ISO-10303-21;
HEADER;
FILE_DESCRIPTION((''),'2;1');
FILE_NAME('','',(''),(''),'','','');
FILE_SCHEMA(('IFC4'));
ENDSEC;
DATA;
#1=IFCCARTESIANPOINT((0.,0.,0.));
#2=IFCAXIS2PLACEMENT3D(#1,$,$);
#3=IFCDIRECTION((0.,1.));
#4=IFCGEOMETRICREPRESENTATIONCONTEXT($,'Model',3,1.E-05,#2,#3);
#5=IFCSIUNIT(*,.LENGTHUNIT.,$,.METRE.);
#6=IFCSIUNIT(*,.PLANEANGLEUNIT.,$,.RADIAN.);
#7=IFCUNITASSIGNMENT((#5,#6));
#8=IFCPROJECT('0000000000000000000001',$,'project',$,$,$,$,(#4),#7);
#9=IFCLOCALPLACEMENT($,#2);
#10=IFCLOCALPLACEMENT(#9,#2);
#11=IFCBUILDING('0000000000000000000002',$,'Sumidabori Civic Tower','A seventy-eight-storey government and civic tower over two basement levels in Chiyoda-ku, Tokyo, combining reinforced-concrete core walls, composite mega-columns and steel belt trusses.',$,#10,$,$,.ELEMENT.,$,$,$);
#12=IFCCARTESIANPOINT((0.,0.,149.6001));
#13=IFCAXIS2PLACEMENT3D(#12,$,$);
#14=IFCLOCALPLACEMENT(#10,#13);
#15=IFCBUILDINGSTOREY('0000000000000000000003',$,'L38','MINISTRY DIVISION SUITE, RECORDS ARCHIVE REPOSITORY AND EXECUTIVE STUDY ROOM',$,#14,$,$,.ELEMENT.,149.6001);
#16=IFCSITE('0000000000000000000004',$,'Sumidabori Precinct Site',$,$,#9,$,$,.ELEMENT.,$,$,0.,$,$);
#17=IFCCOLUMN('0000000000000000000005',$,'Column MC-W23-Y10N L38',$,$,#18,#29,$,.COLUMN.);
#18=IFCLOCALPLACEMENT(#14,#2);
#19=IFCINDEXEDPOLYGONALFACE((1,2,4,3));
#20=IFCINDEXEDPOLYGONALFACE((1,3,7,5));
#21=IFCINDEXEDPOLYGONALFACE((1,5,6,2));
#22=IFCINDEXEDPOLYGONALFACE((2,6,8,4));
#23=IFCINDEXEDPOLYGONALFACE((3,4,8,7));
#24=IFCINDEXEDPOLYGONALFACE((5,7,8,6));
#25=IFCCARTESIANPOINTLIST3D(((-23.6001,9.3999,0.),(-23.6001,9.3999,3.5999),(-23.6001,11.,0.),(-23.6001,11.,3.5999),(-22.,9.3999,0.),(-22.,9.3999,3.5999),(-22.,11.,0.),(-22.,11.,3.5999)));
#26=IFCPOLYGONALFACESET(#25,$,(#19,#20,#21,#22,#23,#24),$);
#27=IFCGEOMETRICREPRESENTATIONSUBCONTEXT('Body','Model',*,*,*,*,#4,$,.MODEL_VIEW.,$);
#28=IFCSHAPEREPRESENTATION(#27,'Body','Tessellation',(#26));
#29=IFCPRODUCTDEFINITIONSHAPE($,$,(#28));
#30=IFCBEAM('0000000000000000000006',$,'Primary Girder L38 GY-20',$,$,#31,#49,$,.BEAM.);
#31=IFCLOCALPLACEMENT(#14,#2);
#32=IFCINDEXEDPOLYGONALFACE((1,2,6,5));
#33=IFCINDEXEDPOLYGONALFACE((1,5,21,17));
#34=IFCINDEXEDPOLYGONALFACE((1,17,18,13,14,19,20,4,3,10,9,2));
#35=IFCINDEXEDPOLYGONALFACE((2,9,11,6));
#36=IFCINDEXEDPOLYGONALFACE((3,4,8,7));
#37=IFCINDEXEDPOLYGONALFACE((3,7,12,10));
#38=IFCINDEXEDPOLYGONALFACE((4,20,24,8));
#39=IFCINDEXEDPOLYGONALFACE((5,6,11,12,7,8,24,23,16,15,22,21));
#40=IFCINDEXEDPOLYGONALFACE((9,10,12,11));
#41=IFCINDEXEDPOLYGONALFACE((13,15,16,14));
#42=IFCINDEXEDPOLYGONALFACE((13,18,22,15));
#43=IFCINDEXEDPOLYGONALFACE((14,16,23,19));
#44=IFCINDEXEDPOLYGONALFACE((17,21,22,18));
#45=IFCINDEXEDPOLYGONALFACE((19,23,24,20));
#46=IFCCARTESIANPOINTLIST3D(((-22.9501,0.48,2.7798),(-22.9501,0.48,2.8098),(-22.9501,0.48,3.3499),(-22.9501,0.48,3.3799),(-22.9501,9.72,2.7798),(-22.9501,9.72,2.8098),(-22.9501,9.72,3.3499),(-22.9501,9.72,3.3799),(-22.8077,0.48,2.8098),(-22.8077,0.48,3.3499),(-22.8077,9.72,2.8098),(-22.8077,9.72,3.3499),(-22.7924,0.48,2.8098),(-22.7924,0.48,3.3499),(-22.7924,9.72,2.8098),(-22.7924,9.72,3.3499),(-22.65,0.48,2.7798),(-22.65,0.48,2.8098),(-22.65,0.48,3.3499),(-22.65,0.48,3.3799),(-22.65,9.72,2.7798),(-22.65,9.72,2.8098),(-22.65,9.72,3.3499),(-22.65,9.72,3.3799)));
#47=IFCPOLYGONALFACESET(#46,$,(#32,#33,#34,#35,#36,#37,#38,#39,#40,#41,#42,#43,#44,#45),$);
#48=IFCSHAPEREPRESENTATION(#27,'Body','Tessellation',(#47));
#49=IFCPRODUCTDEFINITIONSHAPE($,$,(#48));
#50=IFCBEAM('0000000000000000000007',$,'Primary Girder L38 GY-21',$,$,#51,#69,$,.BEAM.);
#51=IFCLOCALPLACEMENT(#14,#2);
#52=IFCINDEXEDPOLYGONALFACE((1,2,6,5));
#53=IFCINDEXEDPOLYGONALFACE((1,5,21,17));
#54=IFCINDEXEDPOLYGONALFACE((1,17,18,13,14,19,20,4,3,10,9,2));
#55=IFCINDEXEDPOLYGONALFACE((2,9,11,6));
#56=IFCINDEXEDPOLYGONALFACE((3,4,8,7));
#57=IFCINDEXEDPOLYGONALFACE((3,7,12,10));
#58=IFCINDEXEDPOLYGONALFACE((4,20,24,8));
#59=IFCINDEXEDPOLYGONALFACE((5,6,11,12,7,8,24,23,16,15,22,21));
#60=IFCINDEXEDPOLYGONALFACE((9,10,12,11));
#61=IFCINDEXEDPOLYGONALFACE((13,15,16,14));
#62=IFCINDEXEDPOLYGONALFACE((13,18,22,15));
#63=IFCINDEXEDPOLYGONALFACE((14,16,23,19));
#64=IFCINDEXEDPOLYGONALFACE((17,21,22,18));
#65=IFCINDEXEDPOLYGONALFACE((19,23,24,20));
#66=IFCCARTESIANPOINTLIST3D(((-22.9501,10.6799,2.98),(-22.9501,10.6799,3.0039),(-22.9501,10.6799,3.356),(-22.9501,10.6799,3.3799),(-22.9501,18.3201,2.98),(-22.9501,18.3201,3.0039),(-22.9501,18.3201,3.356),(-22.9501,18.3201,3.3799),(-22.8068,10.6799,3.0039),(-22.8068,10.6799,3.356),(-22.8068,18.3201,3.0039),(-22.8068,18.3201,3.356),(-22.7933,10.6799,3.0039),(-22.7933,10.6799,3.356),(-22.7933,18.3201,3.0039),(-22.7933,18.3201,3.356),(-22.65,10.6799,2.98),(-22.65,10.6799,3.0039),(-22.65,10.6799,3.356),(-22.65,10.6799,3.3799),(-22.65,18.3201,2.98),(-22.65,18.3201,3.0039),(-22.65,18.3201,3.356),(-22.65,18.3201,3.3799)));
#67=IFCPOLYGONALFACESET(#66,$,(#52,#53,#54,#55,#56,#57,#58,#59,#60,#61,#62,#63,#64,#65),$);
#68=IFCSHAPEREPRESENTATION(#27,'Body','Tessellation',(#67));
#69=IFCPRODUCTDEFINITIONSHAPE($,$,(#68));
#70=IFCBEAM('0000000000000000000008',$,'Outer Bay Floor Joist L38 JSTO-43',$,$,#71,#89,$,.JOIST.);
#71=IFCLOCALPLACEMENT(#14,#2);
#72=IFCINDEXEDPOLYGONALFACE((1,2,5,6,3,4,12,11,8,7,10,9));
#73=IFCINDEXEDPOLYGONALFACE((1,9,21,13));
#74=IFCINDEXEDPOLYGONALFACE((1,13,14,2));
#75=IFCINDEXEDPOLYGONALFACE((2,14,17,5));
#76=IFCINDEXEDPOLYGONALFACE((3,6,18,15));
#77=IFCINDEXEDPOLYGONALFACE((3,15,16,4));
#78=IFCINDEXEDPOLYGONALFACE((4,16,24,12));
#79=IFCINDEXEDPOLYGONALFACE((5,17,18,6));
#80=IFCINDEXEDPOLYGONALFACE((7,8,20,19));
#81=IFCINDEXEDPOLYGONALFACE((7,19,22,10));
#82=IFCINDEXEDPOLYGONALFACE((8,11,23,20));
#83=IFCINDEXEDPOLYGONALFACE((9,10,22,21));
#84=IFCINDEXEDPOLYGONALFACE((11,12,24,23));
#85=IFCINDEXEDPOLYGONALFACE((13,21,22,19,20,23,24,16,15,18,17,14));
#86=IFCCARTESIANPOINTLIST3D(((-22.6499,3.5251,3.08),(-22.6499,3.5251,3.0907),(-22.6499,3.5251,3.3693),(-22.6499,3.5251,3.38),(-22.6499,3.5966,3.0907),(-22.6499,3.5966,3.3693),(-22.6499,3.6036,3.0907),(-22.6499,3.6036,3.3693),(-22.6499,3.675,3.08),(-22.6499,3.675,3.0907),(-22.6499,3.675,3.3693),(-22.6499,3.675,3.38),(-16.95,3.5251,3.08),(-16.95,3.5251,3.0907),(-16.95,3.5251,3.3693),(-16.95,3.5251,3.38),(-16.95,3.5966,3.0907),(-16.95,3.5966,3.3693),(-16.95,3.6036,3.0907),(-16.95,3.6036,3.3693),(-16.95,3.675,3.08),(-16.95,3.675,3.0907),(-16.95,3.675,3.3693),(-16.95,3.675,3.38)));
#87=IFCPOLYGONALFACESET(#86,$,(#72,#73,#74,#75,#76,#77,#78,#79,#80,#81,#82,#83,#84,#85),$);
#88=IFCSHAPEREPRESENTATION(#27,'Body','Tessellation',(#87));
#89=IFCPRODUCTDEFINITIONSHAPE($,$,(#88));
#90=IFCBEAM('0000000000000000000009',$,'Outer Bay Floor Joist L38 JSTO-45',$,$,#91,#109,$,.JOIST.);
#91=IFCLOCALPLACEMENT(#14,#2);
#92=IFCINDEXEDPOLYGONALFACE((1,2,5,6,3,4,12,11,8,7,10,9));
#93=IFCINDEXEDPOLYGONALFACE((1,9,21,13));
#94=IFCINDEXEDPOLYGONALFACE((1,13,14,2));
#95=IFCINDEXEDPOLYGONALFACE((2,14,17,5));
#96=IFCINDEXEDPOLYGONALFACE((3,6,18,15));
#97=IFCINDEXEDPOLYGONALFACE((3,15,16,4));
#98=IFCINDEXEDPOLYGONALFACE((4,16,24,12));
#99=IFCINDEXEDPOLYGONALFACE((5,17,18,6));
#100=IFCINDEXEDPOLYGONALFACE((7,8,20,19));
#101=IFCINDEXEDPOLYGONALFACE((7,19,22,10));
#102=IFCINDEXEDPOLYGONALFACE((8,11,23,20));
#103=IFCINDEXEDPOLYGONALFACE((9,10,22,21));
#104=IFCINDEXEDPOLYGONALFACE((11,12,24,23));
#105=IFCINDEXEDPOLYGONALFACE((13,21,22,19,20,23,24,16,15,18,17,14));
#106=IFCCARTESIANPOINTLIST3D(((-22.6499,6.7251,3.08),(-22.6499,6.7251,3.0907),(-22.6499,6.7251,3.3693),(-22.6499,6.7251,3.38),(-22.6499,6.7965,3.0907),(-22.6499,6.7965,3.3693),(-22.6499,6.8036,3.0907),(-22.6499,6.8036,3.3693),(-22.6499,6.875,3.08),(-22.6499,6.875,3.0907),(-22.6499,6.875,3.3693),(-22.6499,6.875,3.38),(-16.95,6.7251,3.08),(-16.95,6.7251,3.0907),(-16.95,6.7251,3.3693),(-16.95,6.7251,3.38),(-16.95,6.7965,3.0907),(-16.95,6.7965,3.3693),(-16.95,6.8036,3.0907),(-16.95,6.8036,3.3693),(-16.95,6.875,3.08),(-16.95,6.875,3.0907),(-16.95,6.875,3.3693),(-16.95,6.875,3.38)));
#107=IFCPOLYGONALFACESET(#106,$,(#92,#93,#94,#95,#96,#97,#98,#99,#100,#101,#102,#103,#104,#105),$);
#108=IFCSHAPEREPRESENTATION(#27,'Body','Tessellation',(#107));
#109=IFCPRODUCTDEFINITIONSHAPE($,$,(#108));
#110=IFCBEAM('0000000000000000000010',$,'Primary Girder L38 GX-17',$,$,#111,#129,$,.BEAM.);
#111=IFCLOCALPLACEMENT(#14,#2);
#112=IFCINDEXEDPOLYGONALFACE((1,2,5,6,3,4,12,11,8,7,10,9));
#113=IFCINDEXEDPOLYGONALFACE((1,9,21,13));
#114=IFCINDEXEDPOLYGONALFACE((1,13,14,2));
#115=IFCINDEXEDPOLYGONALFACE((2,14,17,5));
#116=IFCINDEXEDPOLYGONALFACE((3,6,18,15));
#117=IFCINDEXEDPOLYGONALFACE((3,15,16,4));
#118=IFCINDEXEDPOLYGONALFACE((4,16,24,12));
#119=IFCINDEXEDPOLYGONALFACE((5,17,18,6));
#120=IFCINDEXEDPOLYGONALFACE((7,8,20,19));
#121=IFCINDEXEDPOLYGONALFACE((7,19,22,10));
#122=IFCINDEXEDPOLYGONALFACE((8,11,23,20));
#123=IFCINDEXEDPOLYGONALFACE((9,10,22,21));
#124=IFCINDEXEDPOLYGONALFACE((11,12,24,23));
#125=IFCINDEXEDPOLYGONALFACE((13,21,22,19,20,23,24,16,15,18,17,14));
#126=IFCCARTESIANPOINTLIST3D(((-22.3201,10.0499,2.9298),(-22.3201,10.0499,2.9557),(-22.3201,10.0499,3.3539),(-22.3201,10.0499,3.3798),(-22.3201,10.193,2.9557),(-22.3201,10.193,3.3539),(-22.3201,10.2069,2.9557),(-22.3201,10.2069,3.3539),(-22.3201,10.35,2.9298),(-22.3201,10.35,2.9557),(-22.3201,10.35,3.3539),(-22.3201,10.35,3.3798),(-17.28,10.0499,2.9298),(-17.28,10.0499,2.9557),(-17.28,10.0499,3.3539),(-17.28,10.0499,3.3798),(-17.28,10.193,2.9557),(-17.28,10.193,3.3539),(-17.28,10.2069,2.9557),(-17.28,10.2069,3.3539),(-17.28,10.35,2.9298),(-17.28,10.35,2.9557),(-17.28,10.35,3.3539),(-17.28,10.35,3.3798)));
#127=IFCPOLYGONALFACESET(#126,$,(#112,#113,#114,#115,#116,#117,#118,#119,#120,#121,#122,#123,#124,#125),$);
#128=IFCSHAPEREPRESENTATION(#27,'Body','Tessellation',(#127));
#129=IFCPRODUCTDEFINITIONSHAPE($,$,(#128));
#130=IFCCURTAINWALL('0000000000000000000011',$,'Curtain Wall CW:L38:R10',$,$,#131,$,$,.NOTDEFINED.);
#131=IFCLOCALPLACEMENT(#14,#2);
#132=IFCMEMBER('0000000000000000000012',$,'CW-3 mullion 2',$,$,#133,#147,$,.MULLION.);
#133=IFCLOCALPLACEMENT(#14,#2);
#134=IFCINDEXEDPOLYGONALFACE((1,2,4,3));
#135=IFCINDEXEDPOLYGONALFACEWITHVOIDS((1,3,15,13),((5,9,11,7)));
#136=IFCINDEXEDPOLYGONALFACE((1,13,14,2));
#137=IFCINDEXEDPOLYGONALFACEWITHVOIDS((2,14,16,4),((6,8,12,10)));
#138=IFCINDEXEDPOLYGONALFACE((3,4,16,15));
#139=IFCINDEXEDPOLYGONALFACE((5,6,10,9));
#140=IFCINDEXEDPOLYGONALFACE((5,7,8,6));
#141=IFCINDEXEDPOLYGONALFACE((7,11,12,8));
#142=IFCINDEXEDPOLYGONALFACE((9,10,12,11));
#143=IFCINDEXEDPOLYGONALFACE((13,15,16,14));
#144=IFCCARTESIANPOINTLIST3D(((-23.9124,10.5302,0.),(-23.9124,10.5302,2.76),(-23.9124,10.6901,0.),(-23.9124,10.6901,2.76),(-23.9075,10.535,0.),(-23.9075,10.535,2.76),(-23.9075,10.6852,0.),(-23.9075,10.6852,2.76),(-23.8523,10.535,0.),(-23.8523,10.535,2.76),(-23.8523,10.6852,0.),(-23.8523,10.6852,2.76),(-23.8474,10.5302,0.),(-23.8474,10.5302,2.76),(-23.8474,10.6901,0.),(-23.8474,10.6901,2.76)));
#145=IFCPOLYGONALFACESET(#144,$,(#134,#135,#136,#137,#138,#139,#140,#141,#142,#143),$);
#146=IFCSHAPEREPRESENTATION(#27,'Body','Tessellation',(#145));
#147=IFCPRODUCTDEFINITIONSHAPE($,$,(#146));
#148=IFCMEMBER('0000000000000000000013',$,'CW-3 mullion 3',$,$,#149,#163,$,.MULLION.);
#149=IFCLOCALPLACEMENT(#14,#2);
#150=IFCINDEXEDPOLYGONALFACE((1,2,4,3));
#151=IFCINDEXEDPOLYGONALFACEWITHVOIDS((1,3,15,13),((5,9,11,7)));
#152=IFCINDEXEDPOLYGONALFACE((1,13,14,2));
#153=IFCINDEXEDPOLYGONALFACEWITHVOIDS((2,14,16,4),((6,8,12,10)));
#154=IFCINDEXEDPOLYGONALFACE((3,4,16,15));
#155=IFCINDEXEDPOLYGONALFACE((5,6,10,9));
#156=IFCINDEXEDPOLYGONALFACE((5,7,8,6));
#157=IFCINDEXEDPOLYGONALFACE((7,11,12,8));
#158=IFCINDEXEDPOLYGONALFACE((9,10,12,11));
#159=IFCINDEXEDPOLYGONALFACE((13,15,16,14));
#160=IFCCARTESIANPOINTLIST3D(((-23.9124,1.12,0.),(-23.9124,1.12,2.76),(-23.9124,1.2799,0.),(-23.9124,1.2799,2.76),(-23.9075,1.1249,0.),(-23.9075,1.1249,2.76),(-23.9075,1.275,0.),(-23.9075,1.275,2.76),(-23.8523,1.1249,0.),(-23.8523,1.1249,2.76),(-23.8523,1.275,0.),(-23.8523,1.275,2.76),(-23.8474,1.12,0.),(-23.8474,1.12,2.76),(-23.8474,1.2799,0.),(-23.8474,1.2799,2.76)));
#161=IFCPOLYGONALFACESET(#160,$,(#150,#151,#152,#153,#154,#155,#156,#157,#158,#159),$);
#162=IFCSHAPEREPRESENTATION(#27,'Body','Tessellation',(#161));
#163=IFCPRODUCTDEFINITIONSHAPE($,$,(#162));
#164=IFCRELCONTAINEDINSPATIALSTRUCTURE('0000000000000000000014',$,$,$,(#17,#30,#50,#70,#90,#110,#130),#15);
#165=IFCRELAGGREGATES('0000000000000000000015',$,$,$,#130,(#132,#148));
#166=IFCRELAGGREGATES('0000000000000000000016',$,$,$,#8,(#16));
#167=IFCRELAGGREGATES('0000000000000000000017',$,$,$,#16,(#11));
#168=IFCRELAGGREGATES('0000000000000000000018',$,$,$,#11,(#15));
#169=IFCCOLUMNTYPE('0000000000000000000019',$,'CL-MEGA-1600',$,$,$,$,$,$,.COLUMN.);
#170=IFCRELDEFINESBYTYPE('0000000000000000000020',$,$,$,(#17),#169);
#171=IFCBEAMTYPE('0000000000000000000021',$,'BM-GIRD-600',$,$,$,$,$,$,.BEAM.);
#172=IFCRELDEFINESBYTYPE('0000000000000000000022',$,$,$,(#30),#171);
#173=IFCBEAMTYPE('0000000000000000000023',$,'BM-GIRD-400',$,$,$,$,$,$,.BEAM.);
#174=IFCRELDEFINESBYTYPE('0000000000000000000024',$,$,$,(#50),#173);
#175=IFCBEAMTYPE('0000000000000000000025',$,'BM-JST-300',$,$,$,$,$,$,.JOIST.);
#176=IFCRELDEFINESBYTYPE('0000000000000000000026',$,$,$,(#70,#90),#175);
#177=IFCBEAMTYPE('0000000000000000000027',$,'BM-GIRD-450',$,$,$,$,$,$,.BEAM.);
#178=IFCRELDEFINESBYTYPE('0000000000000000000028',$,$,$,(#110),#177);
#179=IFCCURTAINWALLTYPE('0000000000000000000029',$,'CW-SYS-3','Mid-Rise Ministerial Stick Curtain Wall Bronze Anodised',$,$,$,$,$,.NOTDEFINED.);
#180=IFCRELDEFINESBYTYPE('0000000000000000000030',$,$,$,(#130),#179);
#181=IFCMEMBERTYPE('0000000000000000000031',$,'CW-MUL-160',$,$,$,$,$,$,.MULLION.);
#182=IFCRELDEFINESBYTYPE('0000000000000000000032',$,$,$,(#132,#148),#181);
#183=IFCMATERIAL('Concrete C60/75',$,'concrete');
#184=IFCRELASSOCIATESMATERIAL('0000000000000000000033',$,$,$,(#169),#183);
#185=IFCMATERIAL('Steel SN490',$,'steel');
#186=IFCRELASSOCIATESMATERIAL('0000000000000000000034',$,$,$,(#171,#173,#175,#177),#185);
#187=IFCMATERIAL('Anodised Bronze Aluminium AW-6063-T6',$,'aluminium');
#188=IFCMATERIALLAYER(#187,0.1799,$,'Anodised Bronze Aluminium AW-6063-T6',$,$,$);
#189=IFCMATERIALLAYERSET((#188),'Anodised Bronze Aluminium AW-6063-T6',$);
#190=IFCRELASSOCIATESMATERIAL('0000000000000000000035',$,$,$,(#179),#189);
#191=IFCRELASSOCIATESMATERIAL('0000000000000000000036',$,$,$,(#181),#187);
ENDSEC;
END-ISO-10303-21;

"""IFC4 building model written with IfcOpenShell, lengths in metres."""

from ifc_helpers import new_model, si_unit, direction, frame, origin, origin_2d, place, context, subcontext, project, spatial, rectangle, hollow_rectangle, i_section, extrude, source, transform, mapped, material, layer, layer_set, material_profile, profile_set, type_object, element, aggregate, save


model = new_model("IFC4")

# Units and contexts
model_context = context("Model", 3, precision=1e-05, world=origin(), true_north=direction((0.0, 1.0)))
body_context = subcontext(model_context, "Body", "Model", "MODEL_VIEW")
ifc_project = project(units=[si_unit("LENGTHUNIT", "METRE"), si_unit("PLANEANGLEUNIT", "RADIAN")], contexts=[model_context])

# Site, building, storey
site_placement = place(None, origin())
site = spatial("IfcSite", under=ifc_project, at=site_placement, Name="Sumidabori Precinct Site", CompositionType="ELEMENT", RefElevation=0.0)
building_placement = place(site_placement, origin())
building = spatial("IfcBuilding", under=site, at=building_placement, Name="Sumidabori Civic Tower", Description="A seventy-eight-storey government and civic tower over two basement levels in Chiyoda-ku, Tokyo, combining reinforced-concrete core walls, composite mega-columns and steel belt trusses.", CompositionType="ELEMENT")
storey_placement = place(building_placement, frame((0.0, 0.0, 149.6001)))
storey = spatial("IfcBuildingStorey", under=building, at=storey_placement, Name="L38", Description="MINISTRY DIVISION SUITE, RECORDS ARCHIVE REPOSITORY AND EXECUTIVE STUDY ROOM", CompositionType="ELEMENT", Elevation=149.6001)

# Column
ifc_material_1 = material(Name="Concrete C60/75", Category="concrete")
ifc_material_profile_1 = material_profile(ifc_material_1, rectangle(XDim=1.6001, YDim=1.6001, at=origin_2d()), Name="RC 1600x1600")
ifc_profile_set_1 = profile_set([ifc_material_profile_1], Name="Concrete C60/75")
column_type = type_object("IfcColumnType", Name="CL-MEGA-1600", PredefinedType="COLUMN", material=ifc_profile_set_1)
shared_shape_1 = source(origin(), body_context, "Body", "SweptSolid", [
    extrude(rectangle(XDim=1.6001, YDim=1.6001, at=origin_2d()), origin(), (0.0, 0.0, 1.0), 3.5999),
])
column_placement = place(storey_placement, frame((-22.8, 10.2, 0.0), z_axis=(0.0, 0.0, 1.0), x_axis=(1.0, 0.0, 0.0)))
element("IfcColumn", 1, at=column_placement, inside=storey, type_object=column_type, Name="Column MC-W23-Y10N L38", PredefinedType="COLUMN", context=body_context, shape_type="MappedRepresentation", body=[
    mapped(shared_shape_1, transform((0.0, 0.0, 0.0), x_axis=(1.0, 0.0, 0.0), y_axis=(0.0, 1.0, 0.0), z_axis=(0.0, 0.0, 1.0), scale=1.0)),
])

# Beams
ifc_material_2 = material(Name="Steel SN490", Category="steel")
ifc_material_profile_2 = material_profile(ifc_material_2, i_section(OverallWidth=0.3, OverallDepth=0.6001, WebThickness=0.0154, FlangeThickness=0.03, at=origin_2d()), Name="HE 600 B")
ifc_profile_set_2 = profile_set([ifc_material_profile_2], Name="Steel SN490")
beam_type_1 = type_object("IfcBeamType", Name="BM-GIRD-600", PredefinedType="BEAM", material=ifc_profile_set_2)
shared_shape_2 = source(origin(), body_context, "Body", "SweptSolid", [
    extrude(i_section(OverallWidth=0.3, OverallDepth=0.6001, WebThickness=0.0154, FlangeThickness=0.03, at=origin_2d()), origin(), (0.0, 0.0, 1.0), 9.24),
])
beam_1_placement = place(storey_placement, frame((-22.8, 0.48, 3.0798), z_axis=(0.0, 1.0, 0.0), x_axis=(-1.0, 0.0, 0.0)))
element("IfcBeam", 2, at=beam_1_placement, inside=storey, type_object=beam_type_1, Name="Primary Girder L38 GY-20", PredefinedType="BEAM", context=body_context, shape_type="MappedRepresentation", body=[
    mapped(shared_shape_2, transform((0.0, 0.0, 0.0), x_axis=(1.0, 0.0, 0.0), y_axis=(0.0, 1.0, 0.0), z_axis=(0.0, 0.0, 1.0), scale=1.0)),
])
ifc_material_profile_3 = material_profile(ifc_material_2, i_section(OverallWidth=0.3, OverallDepth=0.3999, WebThickness=0.0134, FlangeThickness=0.0239, at=origin_2d()), Name="HE 400 B")
ifc_profile_set_3 = profile_set([ifc_material_profile_3], Name="Steel SN490")
beam_type_2 = type_object("IfcBeamType", Name="BM-GIRD-400", PredefinedType="BEAM", material=ifc_profile_set_3)
shared_shape_3 = source(origin(), body_context, "Body", "SweptSolid", [
    extrude(i_section(OverallWidth=0.3, OverallDepth=0.3999, WebThickness=0.0134, FlangeThickness=0.0239, at=origin_2d()), origin(), (0.0, 0.0, 1.0), 7.6401),
])
beam_2_placement = place(storey_placement, frame((-22.8, 10.6799, 3.1799), z_axis=(0.0, 1.0, 0.0), x_axis=(-1.0, 0.0, 0.0)))
element("IfcBeam", 3, at=beam_2_placement, inside=storey, type_object=beam_type_2, Name="Primary Girder L38 GY-21", PredefinedType="BEAM", context=body_context, shape_type="MappedRepresentation", body=[
    mapped(shared_shape_3, transform((0.0, 0.0, 0.0), x_axis=(1.0, 0.0, 0.0), y_axis=(0.0, 1.0, 0.0), z_axis=(0.0, 0.0, 1.0), scale=1.0)),
])
ifc_material_profile_4 = material_profile(ifc_material_2, i_section(OverallWidth=0.1499, OverallDepth=0.3, WebThickness=0.0071, FlangeThickness=0.0107, at=origin_2d()), Name="IPE 300")
ifc_profile_set_4 = profile_set([ifc_material_profile_4], Name="Steel SN490")
beam_type_3 = type_object("IfcBeamType", Name="BM-JST-300", PredefinedType="JOIST", material=ifc_profile_set_4)
shared_shape_4 = source(origin(), body_context, "Body", "SweptSolid", [
    extrude(i_section(OverallWidth=0.1499, OverallDepth=0.3, WebThickness=0.0071, FlangeThickness=0.0107, at=origin_2d()), origin(), (0.0, 0.0, 1.0), 5.7),
])
for number, where, z_axis, x_axis, name in (
    (4, (-22.6499, 3.6001, 3.23), (1.0, 0.0, 0.0), (0.0, 1.0, 0.0), "Outer Bay Floor Joist L38 JSTO-43"),
    (5, (-22.6499, 6.8, 3.23), (1.0, 0.0, 0.0), (0.0, 1.0, 0.0), "Outer Bay Floor Joist L38 JSTO-45"),
):
    element("IfcBeam", number, at=place(storey_placement, frame(where, z_axis=z_axis, x_axis=x_axis)), inside=storey, type_object=beam_type_3, Name=name, PredefinedType="JOIST", context=body_context, shape_type="MappedRepresentation", body=[
        mapped(shared_shape_4, transform((0.0, 0.0, 0.0), x_axis=(1.0, 0.0, 0.0), y_axis=(0.0, 1.0, 0.0), z_axis=(0.0, 0.0, 1.0), scale=1.0)),
    ])
ifc_material_profile_5 = material_profile(ifc_material_2, i_section(OverallWidth=0.3, OverallDepth=0.45, WebThickness=0.0139, FlangeThickness=0.0259, at=origin_2d()), Name="HE 450 B")
ifc_profile_set_5 = profile_set([ifc_material_profile_5], Name="Steel SN490")
beam_type_4 = type_object("IfcBeamType", Name="BM-GIRD-450", PredefinedType="BEAM", material=ifc_profile_set_5)
shared_shape_5 = source(origin(), body_context, "Body", "SweptSolid", [
    extrude(i_section(OverallWidth=0.3, OverallDepth=0.45, WebThickness=0.0139, FlangeThickness=0.0259, at=origin_2d()), origin(), (0.0, 0.0, 1.0), 5.04),
])
beam_3_placement = place(storey_placement, frame((-22.3201, 10.2, 3.1548), z_axis=(1.0, 0.0, 0.0), x_axis=(0.0, 1.0, 0.0)))
element("IfcBeam", 6, at=beam_3_placement, inside=storey, type_object=beam_type_4, Name="Primary Girder L38 GX-17", PredefinedType="BEAM", context=body_context, shape_type="MappedRepresentation", body=[
    mapped(shared_shape_5, transform((0.0, 0.0, 0.0), x_axis=(1.0, 0.0, 0.0), y_axis=(0.0, 1.0, 0.0), z_axis=(0.0, 0.0, 1.0), scale=1.0)),
])

# Curtain wall, members
ifc_material_3 = material(Name="Anodised Bronze Aluminium AW-6063-T6", Category="aluminium")
ifc_layer_1 = layer(ifc_material_3, 0.1799, Name="Anodised Bronze Aluminium AW-6063-T6")
ifc_layer_set_1 = layer_set([ifc_layer_1], Name="Anodised Bronze Aluminium AW-6063-T6")
curtain_wall_type = type_object("IfcCurtainWallType", Name="CW-SYS-3", Description="Mid-Rise Ministerial Stick Curtain Wall Bronze Anodised", PredefinedType="NOTDEFINED", material=ifc_layer_set_1)
curtain_wall_placement = place(storey_placement, origin())
curtain_wall = element("IfcCurtainWall", 7, at=curtain_wall_placement, inside=storey, type_object=curtain_wall_type, Name="Curtain Wall CW:L38:R10", PredefinedType="NOTDEFINED")
ifc_material_profile_6 = material_profile(ifc_material_3, hollow_rectangle(XDim=0.0649, YDim=0.1599, WallThickness=0.0049, at=origin_2d()), Name="ALU MULLION 160x65")
ifc_profile_set_6 = profile_set([ifc_material_profile_6], Name="Anodised Bronze Aluminium AW-6063-T6")
member_type_1 = type_object("IfcMemberType", Name="CW-MUL-160", PredefinedType="MULLION", material=ifc_profile_set_6)
shared_shape_6 = source(origin(), body_context, "Body", "SweptSolid", [
    extrude(hollow_rectangle(XDim=0.0649, YDim=0.1599, WallThickness=0.0049, at=origin_2d()), origin(), (0.0, 0.0, 1.0), 2.76),
])
member_1_placement = place(storey_placement, frame((-23.8799, 10.6101, 0.0), z_axis=(0.0, 0.0, 1.0), x_axis=(1.0, 0.0, 0.0)))
member_1 = element("IfcMember", 8, at=member_1_placement, type_object=member_type_1, Name="CW-3 mullion 2", PredefinedType="MULLION", context=body_context, shape_type="MappedRepresentation", body=[
    mapped(shared_shape_6, transform((0.0, 0.0, 0.0), x_axis=(1.0, 0.0, 0.0), y_axis=(0.0, 1.0, 0.0), z_axis=(0.0, 0.0, 1.0), scale=1.0)),
])
member_2_placement = place(storey_placement, frame((-23.8799, 1.2, 0.0), z_axis=(0.0, 0.0, 1.0), x_axis=(1.0, 0.0, 0.0)))
member_2 = element("IfcMember", 9, at=member_2_placement, type_object=member_type_1, Name="CW-3 mullion 3", PredefinedType="MULLION", context=body_context, shape_type="MappedRepresentation", body=[
    mapped(shared_shape_6, transform((0.0, 0.0, 0.0), x_axis=(1.0, 0.0, 0.0), y_axis=(0.0, 1.0, 0.0), z_axis=(0.0, 0.0, 1.0), scale=1.0)),
])
aggregate(curtain_wall, [member_1, member_2])

save(model, "model.ifc")
